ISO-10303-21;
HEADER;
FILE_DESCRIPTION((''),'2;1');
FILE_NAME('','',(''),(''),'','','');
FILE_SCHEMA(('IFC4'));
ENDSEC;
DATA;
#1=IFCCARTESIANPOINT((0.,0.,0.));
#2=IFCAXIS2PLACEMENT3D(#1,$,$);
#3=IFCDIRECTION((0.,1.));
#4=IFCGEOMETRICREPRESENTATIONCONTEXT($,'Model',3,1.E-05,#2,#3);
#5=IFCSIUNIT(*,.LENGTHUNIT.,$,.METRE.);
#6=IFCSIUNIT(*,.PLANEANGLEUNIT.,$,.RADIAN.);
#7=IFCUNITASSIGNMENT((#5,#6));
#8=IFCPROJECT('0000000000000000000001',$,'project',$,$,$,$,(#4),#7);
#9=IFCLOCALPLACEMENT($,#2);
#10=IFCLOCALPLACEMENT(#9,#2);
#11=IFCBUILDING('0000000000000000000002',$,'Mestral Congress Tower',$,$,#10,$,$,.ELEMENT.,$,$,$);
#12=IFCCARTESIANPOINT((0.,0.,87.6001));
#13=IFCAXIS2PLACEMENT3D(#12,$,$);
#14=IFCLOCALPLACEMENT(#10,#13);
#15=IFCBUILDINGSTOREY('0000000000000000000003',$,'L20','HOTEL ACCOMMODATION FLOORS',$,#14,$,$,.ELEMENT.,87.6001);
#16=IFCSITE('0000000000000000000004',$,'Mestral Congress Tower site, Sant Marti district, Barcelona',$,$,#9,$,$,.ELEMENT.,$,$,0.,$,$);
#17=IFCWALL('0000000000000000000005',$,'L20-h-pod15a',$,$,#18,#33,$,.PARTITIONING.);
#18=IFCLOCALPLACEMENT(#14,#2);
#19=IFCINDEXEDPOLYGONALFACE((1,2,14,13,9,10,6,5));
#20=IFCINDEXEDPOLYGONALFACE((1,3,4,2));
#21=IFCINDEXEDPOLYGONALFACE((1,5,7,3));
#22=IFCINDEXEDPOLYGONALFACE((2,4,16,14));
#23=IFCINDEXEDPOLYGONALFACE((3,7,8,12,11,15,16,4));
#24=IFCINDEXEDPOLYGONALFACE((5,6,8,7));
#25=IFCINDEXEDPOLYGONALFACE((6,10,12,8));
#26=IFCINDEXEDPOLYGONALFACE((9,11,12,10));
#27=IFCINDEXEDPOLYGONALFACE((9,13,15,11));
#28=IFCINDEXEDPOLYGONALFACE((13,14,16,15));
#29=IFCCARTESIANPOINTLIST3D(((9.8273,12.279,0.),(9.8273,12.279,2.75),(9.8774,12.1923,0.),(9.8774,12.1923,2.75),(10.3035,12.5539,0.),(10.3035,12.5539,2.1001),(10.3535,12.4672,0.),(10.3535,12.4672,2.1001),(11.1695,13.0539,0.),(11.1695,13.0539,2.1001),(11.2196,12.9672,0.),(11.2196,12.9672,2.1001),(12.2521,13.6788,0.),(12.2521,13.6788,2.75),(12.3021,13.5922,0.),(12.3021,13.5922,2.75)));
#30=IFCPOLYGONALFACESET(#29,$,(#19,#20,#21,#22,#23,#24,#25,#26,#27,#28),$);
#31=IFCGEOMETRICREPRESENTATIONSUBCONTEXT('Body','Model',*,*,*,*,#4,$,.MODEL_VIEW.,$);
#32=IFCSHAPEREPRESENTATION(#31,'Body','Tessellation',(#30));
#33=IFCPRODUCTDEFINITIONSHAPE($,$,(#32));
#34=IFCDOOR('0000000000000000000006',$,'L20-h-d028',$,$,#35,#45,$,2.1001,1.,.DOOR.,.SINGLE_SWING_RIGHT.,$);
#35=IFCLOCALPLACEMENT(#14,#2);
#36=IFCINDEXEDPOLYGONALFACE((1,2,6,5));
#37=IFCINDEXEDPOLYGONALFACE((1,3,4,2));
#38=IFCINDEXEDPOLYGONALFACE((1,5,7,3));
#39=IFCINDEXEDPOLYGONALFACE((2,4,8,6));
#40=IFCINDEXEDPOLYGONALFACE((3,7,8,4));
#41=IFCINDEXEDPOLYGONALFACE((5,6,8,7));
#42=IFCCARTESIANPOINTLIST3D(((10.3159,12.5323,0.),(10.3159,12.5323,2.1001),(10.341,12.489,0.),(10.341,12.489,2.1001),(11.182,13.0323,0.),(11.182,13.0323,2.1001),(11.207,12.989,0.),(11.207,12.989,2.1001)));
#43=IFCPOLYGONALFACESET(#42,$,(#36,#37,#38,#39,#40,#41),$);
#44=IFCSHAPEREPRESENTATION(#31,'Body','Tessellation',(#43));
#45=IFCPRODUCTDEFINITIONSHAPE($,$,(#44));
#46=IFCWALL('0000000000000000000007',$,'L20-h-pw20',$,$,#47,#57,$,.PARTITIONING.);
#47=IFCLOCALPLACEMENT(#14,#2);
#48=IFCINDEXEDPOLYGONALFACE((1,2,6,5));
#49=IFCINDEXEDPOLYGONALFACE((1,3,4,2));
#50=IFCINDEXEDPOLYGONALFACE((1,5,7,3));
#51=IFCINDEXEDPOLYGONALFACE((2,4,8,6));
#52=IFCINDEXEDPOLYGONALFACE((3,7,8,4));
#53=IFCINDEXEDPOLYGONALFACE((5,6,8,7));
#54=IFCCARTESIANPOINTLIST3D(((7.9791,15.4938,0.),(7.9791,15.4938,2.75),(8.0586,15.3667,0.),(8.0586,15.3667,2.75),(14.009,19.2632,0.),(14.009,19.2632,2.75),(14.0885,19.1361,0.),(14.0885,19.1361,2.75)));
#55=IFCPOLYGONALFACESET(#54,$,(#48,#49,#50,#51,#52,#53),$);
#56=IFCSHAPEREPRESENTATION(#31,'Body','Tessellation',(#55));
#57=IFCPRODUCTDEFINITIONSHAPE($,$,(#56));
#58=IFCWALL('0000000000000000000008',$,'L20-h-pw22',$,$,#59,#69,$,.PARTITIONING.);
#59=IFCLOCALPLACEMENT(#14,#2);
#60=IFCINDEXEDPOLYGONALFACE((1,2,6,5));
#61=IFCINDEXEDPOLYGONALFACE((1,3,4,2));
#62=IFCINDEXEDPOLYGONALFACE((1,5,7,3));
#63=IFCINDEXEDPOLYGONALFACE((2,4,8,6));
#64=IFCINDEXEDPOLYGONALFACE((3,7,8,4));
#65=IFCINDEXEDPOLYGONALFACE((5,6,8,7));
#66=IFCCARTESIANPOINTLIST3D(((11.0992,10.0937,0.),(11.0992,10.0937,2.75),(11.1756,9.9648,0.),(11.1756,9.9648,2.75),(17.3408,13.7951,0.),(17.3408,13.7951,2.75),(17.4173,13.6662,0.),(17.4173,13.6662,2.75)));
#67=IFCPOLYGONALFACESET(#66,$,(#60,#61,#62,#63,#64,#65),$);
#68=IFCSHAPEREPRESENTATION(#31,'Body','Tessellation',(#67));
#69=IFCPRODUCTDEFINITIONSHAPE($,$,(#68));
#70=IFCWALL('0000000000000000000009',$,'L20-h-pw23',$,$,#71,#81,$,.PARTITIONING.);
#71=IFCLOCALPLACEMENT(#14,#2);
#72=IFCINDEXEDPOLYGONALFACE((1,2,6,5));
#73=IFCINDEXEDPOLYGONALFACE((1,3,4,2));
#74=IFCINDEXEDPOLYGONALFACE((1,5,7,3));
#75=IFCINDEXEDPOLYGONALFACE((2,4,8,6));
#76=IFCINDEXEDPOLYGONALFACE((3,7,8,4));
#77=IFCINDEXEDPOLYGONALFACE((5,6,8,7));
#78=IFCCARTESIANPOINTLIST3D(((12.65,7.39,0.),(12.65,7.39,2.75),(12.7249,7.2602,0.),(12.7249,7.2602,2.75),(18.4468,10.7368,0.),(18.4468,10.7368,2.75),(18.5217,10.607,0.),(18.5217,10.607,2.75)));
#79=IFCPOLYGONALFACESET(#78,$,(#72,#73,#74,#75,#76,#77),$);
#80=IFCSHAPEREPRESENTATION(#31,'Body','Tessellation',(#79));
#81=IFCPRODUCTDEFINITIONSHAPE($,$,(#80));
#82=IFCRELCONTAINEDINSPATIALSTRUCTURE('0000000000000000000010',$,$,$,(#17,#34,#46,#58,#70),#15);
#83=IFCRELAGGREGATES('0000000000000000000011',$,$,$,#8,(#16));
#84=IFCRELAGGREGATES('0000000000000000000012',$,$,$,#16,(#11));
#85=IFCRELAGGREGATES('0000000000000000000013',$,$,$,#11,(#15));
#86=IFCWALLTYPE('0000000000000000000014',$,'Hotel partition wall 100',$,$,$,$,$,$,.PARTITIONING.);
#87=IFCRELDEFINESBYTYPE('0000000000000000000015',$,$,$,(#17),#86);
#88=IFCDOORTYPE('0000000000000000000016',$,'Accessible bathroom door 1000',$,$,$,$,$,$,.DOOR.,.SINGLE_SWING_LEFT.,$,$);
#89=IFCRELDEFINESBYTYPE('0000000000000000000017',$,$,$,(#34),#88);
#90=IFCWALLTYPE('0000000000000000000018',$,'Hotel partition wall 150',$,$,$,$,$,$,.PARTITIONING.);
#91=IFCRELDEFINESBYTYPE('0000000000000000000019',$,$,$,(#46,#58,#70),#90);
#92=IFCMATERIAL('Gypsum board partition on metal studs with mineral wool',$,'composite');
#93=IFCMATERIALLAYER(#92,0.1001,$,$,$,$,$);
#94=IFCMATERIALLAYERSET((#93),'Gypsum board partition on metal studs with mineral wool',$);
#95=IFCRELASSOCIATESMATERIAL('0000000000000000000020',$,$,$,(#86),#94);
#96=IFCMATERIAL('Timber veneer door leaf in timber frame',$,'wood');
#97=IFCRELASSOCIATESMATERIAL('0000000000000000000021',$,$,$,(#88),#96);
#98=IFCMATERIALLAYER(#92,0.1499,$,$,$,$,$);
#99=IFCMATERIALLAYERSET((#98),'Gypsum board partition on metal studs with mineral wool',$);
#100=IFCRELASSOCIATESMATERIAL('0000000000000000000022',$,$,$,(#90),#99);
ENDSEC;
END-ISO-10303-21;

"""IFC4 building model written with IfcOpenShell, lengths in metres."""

from ifc_helpers import new_model, si_unit, direction, frame, frame_2d, origin, place, context, subcontext, project, spatial, rectangle, extrude, material, layer, layer_set, type_object, element, fill, save


model = new_model("IFC4")

# Units and contexts
model_context = context("Model", 3, precision=1e-05, world=origin(), true_north=direction((0.0, 1.0)))
body_context = subcontext(model_context, "Body", "Model", "MODEL_VIEW")
ifc_project = project(units=[si_unit("LENGTHUNIT", "METRE"), si_unit("PLANEANGLEUNIT", "RADIAN")], contexts=[model_context])

# Site, building, storey
site_placement = place(None, origin())
site = spatial("IfcSite", under=ifc_project, at=site_placement, Name="Mestral Congress Tower site, Sant Marti district, Barcelona", CompositionType="ELEMENT", RefElevation=0.0)
building_placement = place(site_placement, origin())
building = spatial("IfcBuilding", under=site, at=building_placement, Name="Mestral Congress Tower", CompositionType="ELEMENT")
storey_placement = place(building_placement, frame((0.0, 0.0, 87.6001)))
storey = spatial("IfcBuildingStorey", under=building, at=storey_placement, Name="L20", Description="HOTEL ACCOMMODATION FLOORS", CompositionType="ELEMENT", Elevation=87.6001)

# Wall, opening, door
ifc_material_1 = material(Name="Gypsum board partition on metal studs with mineral wool", Category="composite")
ifc_layer_1 = layer(ifc_material_1, 0.1001)
ifc_layer_set_1 = layer_set([ifc_layer_1], Name="Gypsum board partition on metal studs with mineral wool")
wall_type_1 = type_object("IfcWallType", Name="Hotel partition wall 100", PredefinedType="PARTITIONING", material=ifc_layer_set_1)
wall_1_placement = place(storey_placement, frame((12.2771, 13.6355, 0.0), z_axis=(0.0, 0.0, 1.0), x_axis=(-0.866035, -0.499984, 0.0)))
wall_1 = element("IfcWall", 1, at=wall_1_placement, inside=storey, type_object=wall_type_1, Name="L20-h-pod15a", PredefinedType="PARTITIONING", context=body_context, shape_type="SweptSolid", body=[
    extrude(rectangle(XDim=2.7998, YDim=0.1001, at=frame_2d((1.3999, 0.0))), origin(), (0.0, 0.0, 1.0), 2.75),
])
opening_1_placement = place(wall_1_placement, frame((1.25, 0.0, 0.0)))
opening_1 = element("IfcOpeningElement", 2, at=opening_1_placement, cuts=wall_1, PredefinedType="OPENING", context=body_context, shape_type="SweptSolid", body=[
    extrude(rectangle(XDim=1.0, YDim=2.1001, at=frame_2d((0.5, 1.05))), frame((0.0, 0.0601, 0.0), z_axis=(0.0, -1.0, 0.0), x_axis=(1.0, 0.0, 0.0)), (0.0, 0.0, 1.0), 0.1201),
])
ifc_material_2 = material(Name="Timber veneer door leaf in timber frame", Category="wood")
door_type = type_object("IfcDoorType", Name="Accessible bathroom door 1000", OperationType="SINGLE_SWING_LEFT", PredefinedType="DOOR", material=ifc_material_2)
door_placement = place(opening_1_placement, origin())
door = element("IfcDoor", 3, at=door_placement, inside=storey, type_object=door_type, Name="L20-h-d028", OperationType="SINGLE_SWING_RIGHT", OverallHeight=2.1001, OverallWidth=1.0, PredefinedType="DOOR", context=body_context, shape_type="SweptSolid", body=[
    extrude(rectangle(XDim=1.0, YDim=2.1001, at=frame_2d((0.5, 1.05))), frame((0.0, 0.0249, 0.0), z_axis=(0.0, -1.0, 0.0), x_axis=(1.0, 0.0, 0.0)), (0.0, 0.0, 1.0), 0.05),
])
fill(opening_1, door)

# Walls
ifc_layer_2 = layer(ifc_material_1, 0.1499)
ifc_layer_set_2 = layer_set([ifc_layer_2], Name="Gypsum board partition on metal studs with mineral wool")
wall_type_2 = type_object("IfcWallType", Name="Hotel partition wall 150", PredefinedType="PARTITIONING", material=ifc_layer_set_2)
wall_2_placement = place(storey_placement, frame((14.0488, 19.1997, 0.0), z_axis=(0.0, 0.0, 1.0), x_axis=(-0.847956, -0.530067, 0.0)))
element("IfcWall", 4, at=wall_2_placement, inside=storey, type_object=wall_type_2, Name="L20-h-pw20", PredefinedType="PARTITIONING", context=body_context, shape_type="SweptSolid", body=[
    extrude(rectangle(XDim=7.1111, YDim=0.1499, at=frame_2d((3.5557, 0.0))), origin(), (0.0, 0.0, 1.0), 2.75),
])
wall_3_placement = place(storey_placement, frame((17.3792, 13.7307, 0.0), z_axis=(0.0, 0.0, 1.0), x_axis=(-0.860132, -0.510071, 0.0)))
element("IfcWall", 5, at=wall_3_placement, inside=storey, type_object=wall_type_2, Name="L20-h-pw22", PredefinedType="PARTITIONING", context=body_context, shape_type="SweptSolid", body=[
    extrude(rectangle(XDim=7.2566, YDim=0.1499, at=frame_2d((3.6284, 0.0))), origin(), (0.0, 0.0, 1.0), 2.75),
])
wall_4_placement = place(storey_placement, frame((18.4841, 10.6719, 0.0), z_axis=(0.0, 0.0, 1.0), x_axis=(-0.866019, -0.500011, 0.0)))
element("IfcWall", 6, at=wall_4_placement, inside=storey, type_object=wall_type_2, Name="L20-h-pw23", PredefinedType="PARTITIONING", context=body_context, shape_type="SweptSolid", body=[
    extrude(rectangle(XDim=6.6936, YDim=0.1499, at=frame_2d((3.3467, 0.0))), origin(), (0.0, 0.0, 1.0), 2.75),
])

save(model, "model.ifc")
